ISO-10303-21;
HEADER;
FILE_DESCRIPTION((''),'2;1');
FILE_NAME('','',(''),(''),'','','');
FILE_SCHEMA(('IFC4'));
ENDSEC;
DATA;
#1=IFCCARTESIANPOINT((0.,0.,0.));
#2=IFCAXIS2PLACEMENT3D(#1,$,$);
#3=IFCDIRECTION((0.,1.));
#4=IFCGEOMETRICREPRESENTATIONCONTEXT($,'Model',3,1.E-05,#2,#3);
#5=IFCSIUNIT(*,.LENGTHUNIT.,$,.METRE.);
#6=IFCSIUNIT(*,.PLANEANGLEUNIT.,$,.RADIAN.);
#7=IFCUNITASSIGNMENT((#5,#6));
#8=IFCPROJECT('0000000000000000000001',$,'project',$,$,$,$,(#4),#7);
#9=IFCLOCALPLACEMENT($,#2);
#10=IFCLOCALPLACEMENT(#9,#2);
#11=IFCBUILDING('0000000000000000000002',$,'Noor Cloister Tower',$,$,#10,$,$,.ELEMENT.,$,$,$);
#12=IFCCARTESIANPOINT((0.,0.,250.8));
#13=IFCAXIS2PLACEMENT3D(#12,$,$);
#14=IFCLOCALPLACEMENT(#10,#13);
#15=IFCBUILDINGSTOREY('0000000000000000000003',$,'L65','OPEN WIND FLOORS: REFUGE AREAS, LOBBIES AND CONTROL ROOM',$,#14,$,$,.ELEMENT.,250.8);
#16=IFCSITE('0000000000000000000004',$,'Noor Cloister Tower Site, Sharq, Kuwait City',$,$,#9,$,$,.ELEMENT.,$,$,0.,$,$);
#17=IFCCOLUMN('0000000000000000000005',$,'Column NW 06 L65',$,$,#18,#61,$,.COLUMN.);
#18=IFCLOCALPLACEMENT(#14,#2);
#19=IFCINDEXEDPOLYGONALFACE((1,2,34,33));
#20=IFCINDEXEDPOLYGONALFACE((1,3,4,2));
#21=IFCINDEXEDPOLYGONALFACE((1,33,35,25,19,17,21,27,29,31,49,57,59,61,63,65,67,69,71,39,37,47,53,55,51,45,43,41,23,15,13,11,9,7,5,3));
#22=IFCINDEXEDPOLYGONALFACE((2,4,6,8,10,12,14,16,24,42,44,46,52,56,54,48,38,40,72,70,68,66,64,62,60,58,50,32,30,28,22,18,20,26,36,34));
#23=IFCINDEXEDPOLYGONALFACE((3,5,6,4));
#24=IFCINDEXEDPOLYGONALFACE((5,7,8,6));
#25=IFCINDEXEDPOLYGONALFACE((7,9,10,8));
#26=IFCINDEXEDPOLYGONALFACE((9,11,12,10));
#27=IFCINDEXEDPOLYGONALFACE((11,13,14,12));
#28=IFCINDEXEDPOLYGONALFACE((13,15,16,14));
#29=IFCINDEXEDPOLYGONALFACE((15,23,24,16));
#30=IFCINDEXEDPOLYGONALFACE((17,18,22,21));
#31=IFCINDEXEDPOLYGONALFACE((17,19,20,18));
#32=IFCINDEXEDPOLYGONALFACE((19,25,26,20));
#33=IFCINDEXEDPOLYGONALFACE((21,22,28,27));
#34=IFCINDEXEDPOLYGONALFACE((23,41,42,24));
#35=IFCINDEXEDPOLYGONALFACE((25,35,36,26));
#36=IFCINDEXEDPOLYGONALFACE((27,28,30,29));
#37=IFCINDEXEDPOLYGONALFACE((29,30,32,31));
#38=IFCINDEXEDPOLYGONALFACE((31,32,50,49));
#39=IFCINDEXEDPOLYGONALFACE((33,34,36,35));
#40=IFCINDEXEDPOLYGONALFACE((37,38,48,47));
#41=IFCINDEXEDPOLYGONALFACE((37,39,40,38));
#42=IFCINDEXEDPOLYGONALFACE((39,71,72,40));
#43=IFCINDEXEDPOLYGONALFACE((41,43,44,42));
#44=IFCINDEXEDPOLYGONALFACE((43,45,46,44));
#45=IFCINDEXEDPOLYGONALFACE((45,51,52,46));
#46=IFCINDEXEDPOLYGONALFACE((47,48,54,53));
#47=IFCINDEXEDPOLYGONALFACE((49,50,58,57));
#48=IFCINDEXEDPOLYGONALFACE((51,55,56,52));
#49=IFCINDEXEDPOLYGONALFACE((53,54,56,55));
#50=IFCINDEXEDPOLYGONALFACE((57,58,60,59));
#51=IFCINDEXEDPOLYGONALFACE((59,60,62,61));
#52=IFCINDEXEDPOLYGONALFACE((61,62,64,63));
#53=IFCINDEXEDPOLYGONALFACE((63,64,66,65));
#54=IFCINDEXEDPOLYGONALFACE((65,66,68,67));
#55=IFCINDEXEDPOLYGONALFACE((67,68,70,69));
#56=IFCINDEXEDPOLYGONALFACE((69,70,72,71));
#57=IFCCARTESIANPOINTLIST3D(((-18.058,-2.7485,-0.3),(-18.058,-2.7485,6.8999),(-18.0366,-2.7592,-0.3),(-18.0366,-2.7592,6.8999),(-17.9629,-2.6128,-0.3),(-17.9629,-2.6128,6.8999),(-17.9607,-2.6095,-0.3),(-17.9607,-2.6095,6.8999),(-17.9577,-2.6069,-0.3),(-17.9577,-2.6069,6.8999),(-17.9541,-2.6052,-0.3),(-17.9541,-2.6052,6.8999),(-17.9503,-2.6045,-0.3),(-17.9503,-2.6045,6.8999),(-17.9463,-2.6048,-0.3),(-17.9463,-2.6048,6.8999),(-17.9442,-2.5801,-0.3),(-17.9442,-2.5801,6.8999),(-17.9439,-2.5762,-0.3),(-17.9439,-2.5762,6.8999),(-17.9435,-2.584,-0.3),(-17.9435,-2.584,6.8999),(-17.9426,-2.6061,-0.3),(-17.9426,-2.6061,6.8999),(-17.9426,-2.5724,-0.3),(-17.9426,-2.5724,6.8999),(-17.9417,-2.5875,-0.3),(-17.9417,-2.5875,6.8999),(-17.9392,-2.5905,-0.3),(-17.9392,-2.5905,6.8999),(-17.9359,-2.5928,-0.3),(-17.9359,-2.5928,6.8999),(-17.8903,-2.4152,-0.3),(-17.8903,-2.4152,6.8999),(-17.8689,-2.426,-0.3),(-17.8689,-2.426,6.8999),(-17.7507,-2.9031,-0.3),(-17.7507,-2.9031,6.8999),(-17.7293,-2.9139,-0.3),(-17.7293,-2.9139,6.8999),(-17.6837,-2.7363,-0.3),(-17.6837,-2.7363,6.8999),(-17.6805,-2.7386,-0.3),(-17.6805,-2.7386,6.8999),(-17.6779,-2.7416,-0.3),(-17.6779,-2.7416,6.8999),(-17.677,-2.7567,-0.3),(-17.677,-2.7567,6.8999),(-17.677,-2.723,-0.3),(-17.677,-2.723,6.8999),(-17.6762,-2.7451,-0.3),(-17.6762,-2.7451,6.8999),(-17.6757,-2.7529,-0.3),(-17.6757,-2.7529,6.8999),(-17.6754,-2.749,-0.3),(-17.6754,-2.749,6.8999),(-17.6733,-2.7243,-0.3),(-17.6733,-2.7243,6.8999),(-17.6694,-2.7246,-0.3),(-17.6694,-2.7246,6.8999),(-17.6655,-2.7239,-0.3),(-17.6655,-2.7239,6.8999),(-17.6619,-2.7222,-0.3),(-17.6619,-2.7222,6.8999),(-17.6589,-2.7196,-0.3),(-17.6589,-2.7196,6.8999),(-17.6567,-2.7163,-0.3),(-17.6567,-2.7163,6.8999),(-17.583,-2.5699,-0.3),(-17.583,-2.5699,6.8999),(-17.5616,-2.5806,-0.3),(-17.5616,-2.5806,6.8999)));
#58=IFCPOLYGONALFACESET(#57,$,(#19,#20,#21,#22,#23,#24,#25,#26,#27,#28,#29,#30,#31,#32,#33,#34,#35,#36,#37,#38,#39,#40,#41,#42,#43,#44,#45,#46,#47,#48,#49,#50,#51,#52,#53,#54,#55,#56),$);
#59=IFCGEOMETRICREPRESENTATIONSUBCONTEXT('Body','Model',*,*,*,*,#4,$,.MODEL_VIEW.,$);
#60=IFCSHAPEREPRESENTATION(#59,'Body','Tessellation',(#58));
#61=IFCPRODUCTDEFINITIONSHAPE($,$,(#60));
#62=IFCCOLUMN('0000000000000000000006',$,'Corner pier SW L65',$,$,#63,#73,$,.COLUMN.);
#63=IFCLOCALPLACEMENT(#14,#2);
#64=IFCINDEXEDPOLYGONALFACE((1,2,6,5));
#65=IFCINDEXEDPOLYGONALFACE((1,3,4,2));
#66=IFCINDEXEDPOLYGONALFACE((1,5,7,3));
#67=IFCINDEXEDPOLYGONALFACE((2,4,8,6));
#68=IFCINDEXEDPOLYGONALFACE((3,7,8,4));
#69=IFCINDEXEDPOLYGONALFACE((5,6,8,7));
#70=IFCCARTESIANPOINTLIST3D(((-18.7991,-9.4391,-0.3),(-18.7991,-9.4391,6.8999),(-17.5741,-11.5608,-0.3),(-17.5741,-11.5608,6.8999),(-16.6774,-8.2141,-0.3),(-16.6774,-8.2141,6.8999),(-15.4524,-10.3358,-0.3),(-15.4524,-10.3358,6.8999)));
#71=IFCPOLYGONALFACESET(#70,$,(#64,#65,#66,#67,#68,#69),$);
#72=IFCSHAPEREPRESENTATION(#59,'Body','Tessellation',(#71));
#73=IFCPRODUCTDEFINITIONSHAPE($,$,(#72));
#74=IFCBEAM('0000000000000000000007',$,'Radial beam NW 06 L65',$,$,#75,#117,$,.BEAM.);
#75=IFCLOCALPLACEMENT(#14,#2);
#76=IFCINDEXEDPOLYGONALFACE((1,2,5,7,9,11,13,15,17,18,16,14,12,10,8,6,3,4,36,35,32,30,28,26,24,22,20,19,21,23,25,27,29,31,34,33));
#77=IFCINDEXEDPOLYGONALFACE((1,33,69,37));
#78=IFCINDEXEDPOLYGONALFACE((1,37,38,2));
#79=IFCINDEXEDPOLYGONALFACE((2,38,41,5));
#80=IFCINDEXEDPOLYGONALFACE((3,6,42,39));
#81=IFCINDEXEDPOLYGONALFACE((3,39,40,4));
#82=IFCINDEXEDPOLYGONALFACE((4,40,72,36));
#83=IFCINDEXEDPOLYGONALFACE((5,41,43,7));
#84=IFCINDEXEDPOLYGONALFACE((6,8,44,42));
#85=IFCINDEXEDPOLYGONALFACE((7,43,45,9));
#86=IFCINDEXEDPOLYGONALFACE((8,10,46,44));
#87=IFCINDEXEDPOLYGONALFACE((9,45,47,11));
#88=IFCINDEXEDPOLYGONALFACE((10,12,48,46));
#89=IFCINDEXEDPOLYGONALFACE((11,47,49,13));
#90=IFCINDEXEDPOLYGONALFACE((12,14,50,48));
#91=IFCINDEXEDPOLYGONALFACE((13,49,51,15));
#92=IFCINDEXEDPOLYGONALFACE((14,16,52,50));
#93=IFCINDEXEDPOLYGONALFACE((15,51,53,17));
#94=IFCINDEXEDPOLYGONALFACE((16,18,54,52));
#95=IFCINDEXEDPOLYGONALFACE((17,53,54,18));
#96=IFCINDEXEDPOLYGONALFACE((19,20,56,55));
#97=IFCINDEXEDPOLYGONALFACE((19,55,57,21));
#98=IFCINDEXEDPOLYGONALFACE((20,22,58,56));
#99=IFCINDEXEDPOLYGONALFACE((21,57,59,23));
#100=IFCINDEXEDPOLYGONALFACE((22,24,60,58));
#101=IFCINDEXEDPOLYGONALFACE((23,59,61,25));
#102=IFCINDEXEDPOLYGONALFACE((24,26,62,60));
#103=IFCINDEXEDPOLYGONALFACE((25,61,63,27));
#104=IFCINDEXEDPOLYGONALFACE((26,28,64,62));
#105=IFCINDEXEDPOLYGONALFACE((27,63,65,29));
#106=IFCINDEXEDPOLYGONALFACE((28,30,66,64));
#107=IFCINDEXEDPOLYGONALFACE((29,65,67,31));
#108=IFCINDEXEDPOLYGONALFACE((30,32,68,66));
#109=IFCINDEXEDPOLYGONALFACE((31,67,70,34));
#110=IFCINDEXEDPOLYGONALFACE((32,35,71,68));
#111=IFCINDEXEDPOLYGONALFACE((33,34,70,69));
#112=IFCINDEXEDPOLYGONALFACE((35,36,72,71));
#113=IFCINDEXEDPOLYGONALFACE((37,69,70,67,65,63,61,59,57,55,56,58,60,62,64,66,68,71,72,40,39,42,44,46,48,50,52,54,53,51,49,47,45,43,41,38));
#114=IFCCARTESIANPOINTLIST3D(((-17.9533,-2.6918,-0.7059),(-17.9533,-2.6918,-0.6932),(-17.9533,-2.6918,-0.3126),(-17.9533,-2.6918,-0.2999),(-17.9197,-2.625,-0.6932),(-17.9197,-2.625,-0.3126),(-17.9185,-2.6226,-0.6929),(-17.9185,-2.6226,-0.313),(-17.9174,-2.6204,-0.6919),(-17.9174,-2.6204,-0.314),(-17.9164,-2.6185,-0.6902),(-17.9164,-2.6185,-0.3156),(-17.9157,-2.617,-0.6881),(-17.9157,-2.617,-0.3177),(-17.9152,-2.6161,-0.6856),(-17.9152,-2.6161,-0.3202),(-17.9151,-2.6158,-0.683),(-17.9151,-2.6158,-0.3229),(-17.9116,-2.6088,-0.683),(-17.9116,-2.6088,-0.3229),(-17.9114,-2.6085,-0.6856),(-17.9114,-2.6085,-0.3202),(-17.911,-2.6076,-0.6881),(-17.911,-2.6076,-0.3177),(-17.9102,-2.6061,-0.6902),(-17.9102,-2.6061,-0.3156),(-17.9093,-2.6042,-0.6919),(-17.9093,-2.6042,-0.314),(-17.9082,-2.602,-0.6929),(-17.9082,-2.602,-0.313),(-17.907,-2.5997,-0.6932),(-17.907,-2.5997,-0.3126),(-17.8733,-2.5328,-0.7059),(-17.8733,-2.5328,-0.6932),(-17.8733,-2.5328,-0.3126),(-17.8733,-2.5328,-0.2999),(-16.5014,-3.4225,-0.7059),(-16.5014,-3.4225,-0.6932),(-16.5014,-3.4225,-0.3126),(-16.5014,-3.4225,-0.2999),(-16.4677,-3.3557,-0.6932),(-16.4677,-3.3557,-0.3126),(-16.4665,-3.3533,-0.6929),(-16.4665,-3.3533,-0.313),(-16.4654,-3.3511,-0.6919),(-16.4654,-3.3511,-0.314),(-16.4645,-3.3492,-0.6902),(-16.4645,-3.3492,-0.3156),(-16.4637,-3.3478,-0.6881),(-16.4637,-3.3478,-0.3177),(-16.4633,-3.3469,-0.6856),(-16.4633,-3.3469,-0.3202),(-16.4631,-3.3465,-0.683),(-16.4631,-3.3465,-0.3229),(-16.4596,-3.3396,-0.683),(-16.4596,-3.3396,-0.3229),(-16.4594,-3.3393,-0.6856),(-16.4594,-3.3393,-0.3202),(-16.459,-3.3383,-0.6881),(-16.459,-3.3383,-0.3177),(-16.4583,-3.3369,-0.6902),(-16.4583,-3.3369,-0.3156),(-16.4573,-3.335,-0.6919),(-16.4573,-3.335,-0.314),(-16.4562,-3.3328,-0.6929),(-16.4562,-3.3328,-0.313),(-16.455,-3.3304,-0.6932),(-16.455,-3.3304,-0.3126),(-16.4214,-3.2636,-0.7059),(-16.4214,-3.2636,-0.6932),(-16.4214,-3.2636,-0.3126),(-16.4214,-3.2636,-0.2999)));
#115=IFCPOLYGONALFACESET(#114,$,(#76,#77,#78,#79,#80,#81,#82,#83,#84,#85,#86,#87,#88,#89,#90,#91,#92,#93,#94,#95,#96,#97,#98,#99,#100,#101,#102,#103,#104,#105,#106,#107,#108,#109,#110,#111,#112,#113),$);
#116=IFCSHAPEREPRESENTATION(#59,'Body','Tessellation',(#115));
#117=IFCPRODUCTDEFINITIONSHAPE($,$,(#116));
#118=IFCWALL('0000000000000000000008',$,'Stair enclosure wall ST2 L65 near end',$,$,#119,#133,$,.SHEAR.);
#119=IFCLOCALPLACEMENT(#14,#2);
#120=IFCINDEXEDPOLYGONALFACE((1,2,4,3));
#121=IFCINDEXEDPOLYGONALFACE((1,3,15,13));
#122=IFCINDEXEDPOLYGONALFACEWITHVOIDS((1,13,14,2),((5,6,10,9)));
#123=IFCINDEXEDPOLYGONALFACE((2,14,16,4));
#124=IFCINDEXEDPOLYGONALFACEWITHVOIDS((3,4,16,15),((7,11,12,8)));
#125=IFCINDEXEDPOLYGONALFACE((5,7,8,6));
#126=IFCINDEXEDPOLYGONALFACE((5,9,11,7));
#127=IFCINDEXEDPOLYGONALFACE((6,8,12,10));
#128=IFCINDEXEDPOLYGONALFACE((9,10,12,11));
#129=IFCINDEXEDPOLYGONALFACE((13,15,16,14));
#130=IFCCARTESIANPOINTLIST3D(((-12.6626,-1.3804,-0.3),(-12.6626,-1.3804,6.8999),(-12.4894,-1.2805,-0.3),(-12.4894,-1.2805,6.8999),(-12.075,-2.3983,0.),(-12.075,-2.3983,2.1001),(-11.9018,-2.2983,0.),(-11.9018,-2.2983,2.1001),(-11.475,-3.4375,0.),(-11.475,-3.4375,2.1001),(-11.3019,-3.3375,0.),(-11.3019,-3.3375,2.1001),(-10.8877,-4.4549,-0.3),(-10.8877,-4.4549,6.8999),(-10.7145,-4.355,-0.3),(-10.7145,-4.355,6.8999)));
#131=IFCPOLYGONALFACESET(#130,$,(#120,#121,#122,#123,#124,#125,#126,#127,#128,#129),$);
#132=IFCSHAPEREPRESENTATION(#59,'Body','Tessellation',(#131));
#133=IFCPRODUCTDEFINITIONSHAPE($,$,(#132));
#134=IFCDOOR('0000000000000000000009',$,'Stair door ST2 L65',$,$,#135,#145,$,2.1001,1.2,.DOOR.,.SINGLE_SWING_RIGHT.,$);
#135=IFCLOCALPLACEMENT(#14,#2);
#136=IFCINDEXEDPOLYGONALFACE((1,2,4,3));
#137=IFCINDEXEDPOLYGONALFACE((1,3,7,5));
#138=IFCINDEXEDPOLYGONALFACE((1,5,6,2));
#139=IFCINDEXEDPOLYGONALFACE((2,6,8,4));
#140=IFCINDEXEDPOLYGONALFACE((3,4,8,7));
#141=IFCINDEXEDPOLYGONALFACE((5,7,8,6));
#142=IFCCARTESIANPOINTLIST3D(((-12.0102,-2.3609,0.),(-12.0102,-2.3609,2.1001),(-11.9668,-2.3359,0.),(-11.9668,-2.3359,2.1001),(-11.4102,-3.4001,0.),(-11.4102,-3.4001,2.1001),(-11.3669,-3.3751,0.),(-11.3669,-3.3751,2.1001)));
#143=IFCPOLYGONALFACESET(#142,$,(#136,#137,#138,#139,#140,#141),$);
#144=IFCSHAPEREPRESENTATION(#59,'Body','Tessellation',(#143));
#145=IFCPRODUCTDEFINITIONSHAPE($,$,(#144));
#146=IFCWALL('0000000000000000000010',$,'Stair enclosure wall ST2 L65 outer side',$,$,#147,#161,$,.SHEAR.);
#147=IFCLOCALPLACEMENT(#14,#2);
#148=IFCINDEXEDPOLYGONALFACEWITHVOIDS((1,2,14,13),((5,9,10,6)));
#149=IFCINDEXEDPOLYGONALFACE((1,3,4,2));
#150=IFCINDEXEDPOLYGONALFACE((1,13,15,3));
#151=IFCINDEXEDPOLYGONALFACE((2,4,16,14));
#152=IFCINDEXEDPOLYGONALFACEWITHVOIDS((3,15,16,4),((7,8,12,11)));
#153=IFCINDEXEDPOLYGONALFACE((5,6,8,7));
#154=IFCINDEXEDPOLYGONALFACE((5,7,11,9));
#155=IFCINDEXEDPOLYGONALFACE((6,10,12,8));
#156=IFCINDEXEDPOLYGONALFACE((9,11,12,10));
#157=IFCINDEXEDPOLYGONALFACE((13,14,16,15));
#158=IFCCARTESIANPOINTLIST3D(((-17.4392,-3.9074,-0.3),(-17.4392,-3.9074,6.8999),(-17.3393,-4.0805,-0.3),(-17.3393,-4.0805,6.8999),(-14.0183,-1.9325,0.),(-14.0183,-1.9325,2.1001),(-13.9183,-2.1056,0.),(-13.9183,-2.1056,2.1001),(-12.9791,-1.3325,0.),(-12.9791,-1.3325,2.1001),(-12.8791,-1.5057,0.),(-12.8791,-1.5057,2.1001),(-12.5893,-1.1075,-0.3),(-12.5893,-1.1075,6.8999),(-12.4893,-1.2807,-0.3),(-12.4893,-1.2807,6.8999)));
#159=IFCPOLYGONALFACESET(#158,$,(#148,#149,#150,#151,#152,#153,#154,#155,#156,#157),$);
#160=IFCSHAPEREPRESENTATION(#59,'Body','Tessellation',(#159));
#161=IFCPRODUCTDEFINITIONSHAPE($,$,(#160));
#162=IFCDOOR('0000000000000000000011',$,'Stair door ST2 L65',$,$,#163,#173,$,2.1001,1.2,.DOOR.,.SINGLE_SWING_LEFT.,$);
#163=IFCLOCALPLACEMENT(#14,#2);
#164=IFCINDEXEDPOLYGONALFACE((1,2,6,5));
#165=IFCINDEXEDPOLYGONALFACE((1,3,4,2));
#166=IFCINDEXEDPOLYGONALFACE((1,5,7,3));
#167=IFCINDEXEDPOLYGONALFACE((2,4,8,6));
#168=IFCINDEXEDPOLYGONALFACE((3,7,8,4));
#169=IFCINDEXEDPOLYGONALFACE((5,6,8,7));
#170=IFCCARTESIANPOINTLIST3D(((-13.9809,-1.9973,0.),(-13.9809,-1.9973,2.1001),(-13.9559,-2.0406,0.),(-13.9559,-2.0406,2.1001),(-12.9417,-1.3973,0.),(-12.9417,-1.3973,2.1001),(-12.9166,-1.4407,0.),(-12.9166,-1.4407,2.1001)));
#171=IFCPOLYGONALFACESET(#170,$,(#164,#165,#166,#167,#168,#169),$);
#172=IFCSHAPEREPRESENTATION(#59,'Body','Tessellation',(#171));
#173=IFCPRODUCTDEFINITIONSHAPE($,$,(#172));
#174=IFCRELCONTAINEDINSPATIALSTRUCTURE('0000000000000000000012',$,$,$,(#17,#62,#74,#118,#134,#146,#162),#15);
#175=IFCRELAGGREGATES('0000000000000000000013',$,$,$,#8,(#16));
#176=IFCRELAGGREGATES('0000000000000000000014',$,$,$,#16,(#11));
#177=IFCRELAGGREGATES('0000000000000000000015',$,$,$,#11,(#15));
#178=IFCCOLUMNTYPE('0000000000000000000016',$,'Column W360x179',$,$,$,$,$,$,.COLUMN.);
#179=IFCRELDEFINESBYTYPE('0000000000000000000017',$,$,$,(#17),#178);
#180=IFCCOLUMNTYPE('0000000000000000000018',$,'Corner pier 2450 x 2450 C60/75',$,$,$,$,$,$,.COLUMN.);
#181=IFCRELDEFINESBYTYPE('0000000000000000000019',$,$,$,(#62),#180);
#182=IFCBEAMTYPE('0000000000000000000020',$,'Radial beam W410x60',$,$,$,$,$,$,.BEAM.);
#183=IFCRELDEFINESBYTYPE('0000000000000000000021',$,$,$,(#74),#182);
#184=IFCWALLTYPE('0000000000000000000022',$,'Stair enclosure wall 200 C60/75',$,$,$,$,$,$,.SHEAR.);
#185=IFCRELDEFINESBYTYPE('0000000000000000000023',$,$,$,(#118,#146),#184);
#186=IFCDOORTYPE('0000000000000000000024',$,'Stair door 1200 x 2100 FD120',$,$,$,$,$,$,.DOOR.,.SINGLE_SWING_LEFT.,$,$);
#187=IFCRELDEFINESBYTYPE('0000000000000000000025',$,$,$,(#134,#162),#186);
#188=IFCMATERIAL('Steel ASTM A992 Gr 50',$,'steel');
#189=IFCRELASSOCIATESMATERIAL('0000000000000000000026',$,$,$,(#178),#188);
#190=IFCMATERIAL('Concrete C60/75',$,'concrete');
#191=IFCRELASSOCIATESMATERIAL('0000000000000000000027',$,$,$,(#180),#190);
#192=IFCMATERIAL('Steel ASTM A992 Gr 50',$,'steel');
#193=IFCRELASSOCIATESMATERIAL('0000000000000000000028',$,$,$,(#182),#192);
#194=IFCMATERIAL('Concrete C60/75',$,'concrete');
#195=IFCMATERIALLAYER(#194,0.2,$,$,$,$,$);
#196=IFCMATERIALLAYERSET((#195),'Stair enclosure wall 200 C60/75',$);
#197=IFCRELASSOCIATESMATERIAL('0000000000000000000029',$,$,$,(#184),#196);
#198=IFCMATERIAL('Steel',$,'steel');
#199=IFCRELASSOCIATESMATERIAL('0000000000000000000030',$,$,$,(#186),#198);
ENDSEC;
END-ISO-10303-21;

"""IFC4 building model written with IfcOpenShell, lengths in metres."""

from ifc_helpers import new_model, si_unit, direction, frame, frame_2d, origin, origin_2d, place, context, subcontext, project, spatial, rectangle, i_section, extrude, material, layer, layer_set, material_profile, profile_set, type_object, element, fill, save


model = new_model("IFC4")

# Units and contexts
model_context = context("Model", 3, precision=1e-05, world=origin(), true_north=direction((0.0, 1.0)))
body_context = subcontext(model_context, "Body", "Model", "MODEL_VIEW")
ifc_project = project(units=[si_unit("LENGTHUNIT", "METRE"), si_unit("PLANEANGLEUNIT", "RADIAN")], contexts=[model_context])

# Site, building, storey
site_placement = place(None, origin())
site = spatial("IfcSite", under=ifc_project, at=site_placement, Name="Noor Cloister Tower Site, Sharq, Kuwait City", CompositionType="ELEMENT", RefElevation=0.0)
building_placement = place(site_placement, origin())
building = spatial("IfcBuilding", under=site, at=building_placement, Name="Noor Cloister Tower", CompositionType="ELEMENT")
storey_placement = place(building_placement, frame((0.0, 0.0, 250.8)))
storey = spatial("IfcBuildingStorey", under=building, at=storey_placement, Name="L65", Description="OPEN WIND FLOORS: REFUGE AREAS, LOBBIES AND CONTROL ROOM", CompositionType="ELEMENT", Elevation=250.8)

# Columns
ifc_material_1 = material(Name="Steel ASTM A992 Gr 50", Category="steel")
ifc_material_profile_1 = material_profile(ifc_material_1, i_section(OverallWidth=0.373, OverallDepth=0.3679, WebThickness=0.0149, FlangeThickness=0.0239, FilletRadius=0.0151, at=origin_2d()), Name="W360x179")
ifc_profile_set_1 = profile_set([ifc_material_profile_1], Name="Steel ASTM A992 Gr 50")
column_type_1 = type_object("IfcColumnType", Name="Column W360x179", PredefinedType="COLUMN", material=ifc_profile_set_1)
column_1_placement = place(storey_placement, frame((-17.8098, -2.6646, -0.3), z_axis=(0.0, 0.0, 1.0), x_axis=(-0.449568, -0.893246, 0.0)))
element("IfcColumn", 1, at=column_1_placement, inside=storey, type_object=column_type_1, Name="Column NW 06 L65", PredefinedType="COLUMN", context=body_context, shape_type="SweptSolid", body=[
    extrude(i_section(OverallWidth=0.373, OverallDepth=0.3679, WebThickness=0.0149, FlangeThickness=0.0239, FilletRadius=0.0151, at=origin_2d()), origin(), (0.0, 0.0, 1.0), 7.2),
])
ifc_material_2 = material(Name="Concrete C60/75", Category="concrete")
ifc_material_profile_2 = material_profile(ifc_material_2, rectangle(XDim=2.45, YDim=2.45, at=origin_2d()), Name="RC 2450x2450")
ifc_profile_set_2 = profile_set([ifc_material_profile_2], Name="Concrete C60/75")
column_type_2 = type_object("IfcColumnType", Name="Corner pier 2450 x 2450 C60/75", PredefinedType="COLUMN", material=ifc_profile_set_2)
column_2_placement = place(storey_placement, frame((-17.1257, -9.8875, -0.3), z_axis=(0.0, 0.0, 1.0), x_axis=(-0.866025, -0.5, 0.0)))
element("IfcColumn", 2, at=column_2_placement, inside=storey, type_object=column_type_2, Name="Corner pier SW L65", PredefinedType="COLUMN", context=body_context, shape_type="SweptSolid", body=[
    extrude(rectangle(XDim=2.45, YDim=2.45, at=origin_2d()), origin(), (0.0, 0.0, 1.0), 7.2),
])

# Beam
ifc_material_3 = material(Name="Steel ASTM A992 Gr 50", Category="steel")
ifc_material_profile_3 = material_profile(ifc_material_3, i_section(OverallWidth=0.178, OverallDepth=0.406, WebThickness=0.0078, FlangeThickness=0.0127, FilletRadius=0.0103, at=origin_2d()), Name="W410x60")
ifc_profile_set_3 = profile_set([ifc_material_profile_3], Name="Steel ASTM A992 Gr 50")
beam_type = type_object("IfcBeamType", Name="Radial beam W410x60", PredefinedType="BEAM", material=ifc_profile_set_3)
beam_placement = place(storey_placement, frame((-17.9133, -2.6123, -0.5029), z_axis=(0.893253, -0.449555, 0.0), x_axis=(0.449555, 0.893253, 0.0)))
element("IfcBeam", 3, at=beam_placement, inside=storey, type_object=beam_type, Name="Radial beam NW 06 L65", PredefinedType="BEAM", context=body_context, shape_type="SweptSolid", body=[
    extrude(i_section(OverallWidth=0.178, OverallDepth=0.406, WebThickness=0.0078, FlangeThickness=0.0127, FilletRadius=0.0103, at=origin_2d()), origin(), (0.0, 0.0, 1.0), 1.6255),
])

# Walls, openings, doors
ifc_material_4 = material(Name="Concrete C60/75", Category="concrete")
ifc_layer_1 = layer(ifc_material_4, 0.2)
ifc_layer_set_1 = layer_set([ifc_layer_1], Name="Stair enclosure wall 200 C60/75")
wall_type_1 = type_object("IfcWallType", Name="Stair enclosure wall 200 C60/75", PredefinedType="SHEAR", material=ifc_layer_set_1)
wall_1_placement = place(storey_placement, frame((-12.5759, -1.3306, -0.3), z_axis=(0.0, 0.0, 1.0), x_axis=(0.49997, -0.866042, 0.0)))
wall_1 = element("IfcWall", 4, at=wall_1_placement, inside=storey, type_object=wall_type_1, Name="Stair enclosure wall ST2 L65 near end", PredefinedType="SHEAR", context=body_context, shape_type="SweptSolid", body=[
    extrude(rectangle(XDim=3.55, YDim=0.2, at=frame_2d((1.7749, 0.0))), origin(), (0.0, 0.0, 1.0), 7.2),
])
opening_1_placement = place(wall_1_placement, frame((1.175, 0.0, 0.3)))
opening_1 = element("IfcOpeningElement", 5, at=opening_1_placement, cuts=wall_1, PredefinedType="OPENING", context=body_context, shape_type="SweptSolid", body=[
    extrude(rectangle(XDim=1.2, YDim=2.1001, at=frame_2d((0.6001, 1.05))), frame((0.0, 0.1099, 0.0), z_axis=(0.0, -1.0, 0.0), x_axis=(1.0, 0.0, 0.0)), (0.0, 0.0, 1.0), 0.22),
])
ifc_material_5 = material(Name="Steel", Category="steel")
door_type_1 = type_object("IfcDoorType", Name="Stair door 1200 x 2100 FD120", OperationType="SINGLE_SWING_LEFT", PredefinedType="DOOR", material=ifc_material_5)
door_1_placement = place(opening_1_placement, origin())
door_1 = element("IfcDoor", 6, at=door_1_placement, inside=storey, type_object=door_type_1, Name="Stair door ST2 L65", OperationType="SINGLE_SWING_RIGHT", OverallHeight=2.1001, OverallWidth=1.2, PredefinedType="DOOR", context=body_context, shape_type="SweptSolid", body=[
    extrude(rectangle(XDim=1.2, YDim=2.1001, at=frame_2d((0.6001, 1.05))), frame((0.0, 0.0249, 0.0), z_axis=(0.0, -1.0, 0.0), x_axis=(1.0, 0.0, 0.0)), (0.0, 0.0, 1.0), 0.05),
])
fill(opening_1, door_1)
wall_2_placement = place(storey_placement, frame((-12.5393, -1.1941, -0.3), z_axis=(0.0, 0.0, 1.0), x_axis=(-0.866045, -0.499965, 0.0)))
wall_2 = element("IfcWall", 7, at=wall_2_placement, inside=storey, type_object=wall_type_1, Name="Stair enclosure wall ST2 L65 outer side", PredefinedType="SHEAR", context=body_context, shape_type="SweptSolid", body=[
    extrude(rectangle(XDim=5.6001, YDim=0.2, at=frame_2d((2.8, 0.0))), origin(), (0.0, 0.0, 1.0), 7.2),
])
opening_2_placement = place(wall_2_placement, frame((0.45, 0.0, 0.3)))
opening_2 = element("IfcOpeningElement", 8, at=opening_2_placement, cuts=wall_2, PredefinedType="OPENING", context=body_context, shape_type="SweptSolid", body=[
    extrude(rectangle(XDim=1.2, YDim=2.1001, at=frame_2d((0.6001, 1.05))), frame((0.0, 0.1099, 0.0), z_axis=(0.0, -1.0, 0.0), x_axis=(1.0, 0.0, 0.0)), (0.0, 0.0, 1.0), 0.22),
])
door_2_placement = place(opening_2_placement, origin())
door_2 = element("IfcDoor", 9, at=door_2_placement, inside=storey, type_object=door_type_1, Name="Stair door ST2 L65", OperationType="SINGLE_SWING_LEFT", OverallHeight=2.1001, OverallWidth=1.2, PredefinedType="DOOR", context=body_context, shape_type="SweptSolid", body=[
    extrude(rectangle(XDim=1.2, YDim=2.1001, at=frame_2d((0.6001, 1.05))), frame((0.0, 0.0249, 0.0), z_axis=(0.0, -1.0, 0.0), x_axis=(1.0, 0.0, 0.0)), (0.0, 0.0, 1.0), 0.05),
])
fill(opening_2, door_2)

save(model, "model.ifc")
